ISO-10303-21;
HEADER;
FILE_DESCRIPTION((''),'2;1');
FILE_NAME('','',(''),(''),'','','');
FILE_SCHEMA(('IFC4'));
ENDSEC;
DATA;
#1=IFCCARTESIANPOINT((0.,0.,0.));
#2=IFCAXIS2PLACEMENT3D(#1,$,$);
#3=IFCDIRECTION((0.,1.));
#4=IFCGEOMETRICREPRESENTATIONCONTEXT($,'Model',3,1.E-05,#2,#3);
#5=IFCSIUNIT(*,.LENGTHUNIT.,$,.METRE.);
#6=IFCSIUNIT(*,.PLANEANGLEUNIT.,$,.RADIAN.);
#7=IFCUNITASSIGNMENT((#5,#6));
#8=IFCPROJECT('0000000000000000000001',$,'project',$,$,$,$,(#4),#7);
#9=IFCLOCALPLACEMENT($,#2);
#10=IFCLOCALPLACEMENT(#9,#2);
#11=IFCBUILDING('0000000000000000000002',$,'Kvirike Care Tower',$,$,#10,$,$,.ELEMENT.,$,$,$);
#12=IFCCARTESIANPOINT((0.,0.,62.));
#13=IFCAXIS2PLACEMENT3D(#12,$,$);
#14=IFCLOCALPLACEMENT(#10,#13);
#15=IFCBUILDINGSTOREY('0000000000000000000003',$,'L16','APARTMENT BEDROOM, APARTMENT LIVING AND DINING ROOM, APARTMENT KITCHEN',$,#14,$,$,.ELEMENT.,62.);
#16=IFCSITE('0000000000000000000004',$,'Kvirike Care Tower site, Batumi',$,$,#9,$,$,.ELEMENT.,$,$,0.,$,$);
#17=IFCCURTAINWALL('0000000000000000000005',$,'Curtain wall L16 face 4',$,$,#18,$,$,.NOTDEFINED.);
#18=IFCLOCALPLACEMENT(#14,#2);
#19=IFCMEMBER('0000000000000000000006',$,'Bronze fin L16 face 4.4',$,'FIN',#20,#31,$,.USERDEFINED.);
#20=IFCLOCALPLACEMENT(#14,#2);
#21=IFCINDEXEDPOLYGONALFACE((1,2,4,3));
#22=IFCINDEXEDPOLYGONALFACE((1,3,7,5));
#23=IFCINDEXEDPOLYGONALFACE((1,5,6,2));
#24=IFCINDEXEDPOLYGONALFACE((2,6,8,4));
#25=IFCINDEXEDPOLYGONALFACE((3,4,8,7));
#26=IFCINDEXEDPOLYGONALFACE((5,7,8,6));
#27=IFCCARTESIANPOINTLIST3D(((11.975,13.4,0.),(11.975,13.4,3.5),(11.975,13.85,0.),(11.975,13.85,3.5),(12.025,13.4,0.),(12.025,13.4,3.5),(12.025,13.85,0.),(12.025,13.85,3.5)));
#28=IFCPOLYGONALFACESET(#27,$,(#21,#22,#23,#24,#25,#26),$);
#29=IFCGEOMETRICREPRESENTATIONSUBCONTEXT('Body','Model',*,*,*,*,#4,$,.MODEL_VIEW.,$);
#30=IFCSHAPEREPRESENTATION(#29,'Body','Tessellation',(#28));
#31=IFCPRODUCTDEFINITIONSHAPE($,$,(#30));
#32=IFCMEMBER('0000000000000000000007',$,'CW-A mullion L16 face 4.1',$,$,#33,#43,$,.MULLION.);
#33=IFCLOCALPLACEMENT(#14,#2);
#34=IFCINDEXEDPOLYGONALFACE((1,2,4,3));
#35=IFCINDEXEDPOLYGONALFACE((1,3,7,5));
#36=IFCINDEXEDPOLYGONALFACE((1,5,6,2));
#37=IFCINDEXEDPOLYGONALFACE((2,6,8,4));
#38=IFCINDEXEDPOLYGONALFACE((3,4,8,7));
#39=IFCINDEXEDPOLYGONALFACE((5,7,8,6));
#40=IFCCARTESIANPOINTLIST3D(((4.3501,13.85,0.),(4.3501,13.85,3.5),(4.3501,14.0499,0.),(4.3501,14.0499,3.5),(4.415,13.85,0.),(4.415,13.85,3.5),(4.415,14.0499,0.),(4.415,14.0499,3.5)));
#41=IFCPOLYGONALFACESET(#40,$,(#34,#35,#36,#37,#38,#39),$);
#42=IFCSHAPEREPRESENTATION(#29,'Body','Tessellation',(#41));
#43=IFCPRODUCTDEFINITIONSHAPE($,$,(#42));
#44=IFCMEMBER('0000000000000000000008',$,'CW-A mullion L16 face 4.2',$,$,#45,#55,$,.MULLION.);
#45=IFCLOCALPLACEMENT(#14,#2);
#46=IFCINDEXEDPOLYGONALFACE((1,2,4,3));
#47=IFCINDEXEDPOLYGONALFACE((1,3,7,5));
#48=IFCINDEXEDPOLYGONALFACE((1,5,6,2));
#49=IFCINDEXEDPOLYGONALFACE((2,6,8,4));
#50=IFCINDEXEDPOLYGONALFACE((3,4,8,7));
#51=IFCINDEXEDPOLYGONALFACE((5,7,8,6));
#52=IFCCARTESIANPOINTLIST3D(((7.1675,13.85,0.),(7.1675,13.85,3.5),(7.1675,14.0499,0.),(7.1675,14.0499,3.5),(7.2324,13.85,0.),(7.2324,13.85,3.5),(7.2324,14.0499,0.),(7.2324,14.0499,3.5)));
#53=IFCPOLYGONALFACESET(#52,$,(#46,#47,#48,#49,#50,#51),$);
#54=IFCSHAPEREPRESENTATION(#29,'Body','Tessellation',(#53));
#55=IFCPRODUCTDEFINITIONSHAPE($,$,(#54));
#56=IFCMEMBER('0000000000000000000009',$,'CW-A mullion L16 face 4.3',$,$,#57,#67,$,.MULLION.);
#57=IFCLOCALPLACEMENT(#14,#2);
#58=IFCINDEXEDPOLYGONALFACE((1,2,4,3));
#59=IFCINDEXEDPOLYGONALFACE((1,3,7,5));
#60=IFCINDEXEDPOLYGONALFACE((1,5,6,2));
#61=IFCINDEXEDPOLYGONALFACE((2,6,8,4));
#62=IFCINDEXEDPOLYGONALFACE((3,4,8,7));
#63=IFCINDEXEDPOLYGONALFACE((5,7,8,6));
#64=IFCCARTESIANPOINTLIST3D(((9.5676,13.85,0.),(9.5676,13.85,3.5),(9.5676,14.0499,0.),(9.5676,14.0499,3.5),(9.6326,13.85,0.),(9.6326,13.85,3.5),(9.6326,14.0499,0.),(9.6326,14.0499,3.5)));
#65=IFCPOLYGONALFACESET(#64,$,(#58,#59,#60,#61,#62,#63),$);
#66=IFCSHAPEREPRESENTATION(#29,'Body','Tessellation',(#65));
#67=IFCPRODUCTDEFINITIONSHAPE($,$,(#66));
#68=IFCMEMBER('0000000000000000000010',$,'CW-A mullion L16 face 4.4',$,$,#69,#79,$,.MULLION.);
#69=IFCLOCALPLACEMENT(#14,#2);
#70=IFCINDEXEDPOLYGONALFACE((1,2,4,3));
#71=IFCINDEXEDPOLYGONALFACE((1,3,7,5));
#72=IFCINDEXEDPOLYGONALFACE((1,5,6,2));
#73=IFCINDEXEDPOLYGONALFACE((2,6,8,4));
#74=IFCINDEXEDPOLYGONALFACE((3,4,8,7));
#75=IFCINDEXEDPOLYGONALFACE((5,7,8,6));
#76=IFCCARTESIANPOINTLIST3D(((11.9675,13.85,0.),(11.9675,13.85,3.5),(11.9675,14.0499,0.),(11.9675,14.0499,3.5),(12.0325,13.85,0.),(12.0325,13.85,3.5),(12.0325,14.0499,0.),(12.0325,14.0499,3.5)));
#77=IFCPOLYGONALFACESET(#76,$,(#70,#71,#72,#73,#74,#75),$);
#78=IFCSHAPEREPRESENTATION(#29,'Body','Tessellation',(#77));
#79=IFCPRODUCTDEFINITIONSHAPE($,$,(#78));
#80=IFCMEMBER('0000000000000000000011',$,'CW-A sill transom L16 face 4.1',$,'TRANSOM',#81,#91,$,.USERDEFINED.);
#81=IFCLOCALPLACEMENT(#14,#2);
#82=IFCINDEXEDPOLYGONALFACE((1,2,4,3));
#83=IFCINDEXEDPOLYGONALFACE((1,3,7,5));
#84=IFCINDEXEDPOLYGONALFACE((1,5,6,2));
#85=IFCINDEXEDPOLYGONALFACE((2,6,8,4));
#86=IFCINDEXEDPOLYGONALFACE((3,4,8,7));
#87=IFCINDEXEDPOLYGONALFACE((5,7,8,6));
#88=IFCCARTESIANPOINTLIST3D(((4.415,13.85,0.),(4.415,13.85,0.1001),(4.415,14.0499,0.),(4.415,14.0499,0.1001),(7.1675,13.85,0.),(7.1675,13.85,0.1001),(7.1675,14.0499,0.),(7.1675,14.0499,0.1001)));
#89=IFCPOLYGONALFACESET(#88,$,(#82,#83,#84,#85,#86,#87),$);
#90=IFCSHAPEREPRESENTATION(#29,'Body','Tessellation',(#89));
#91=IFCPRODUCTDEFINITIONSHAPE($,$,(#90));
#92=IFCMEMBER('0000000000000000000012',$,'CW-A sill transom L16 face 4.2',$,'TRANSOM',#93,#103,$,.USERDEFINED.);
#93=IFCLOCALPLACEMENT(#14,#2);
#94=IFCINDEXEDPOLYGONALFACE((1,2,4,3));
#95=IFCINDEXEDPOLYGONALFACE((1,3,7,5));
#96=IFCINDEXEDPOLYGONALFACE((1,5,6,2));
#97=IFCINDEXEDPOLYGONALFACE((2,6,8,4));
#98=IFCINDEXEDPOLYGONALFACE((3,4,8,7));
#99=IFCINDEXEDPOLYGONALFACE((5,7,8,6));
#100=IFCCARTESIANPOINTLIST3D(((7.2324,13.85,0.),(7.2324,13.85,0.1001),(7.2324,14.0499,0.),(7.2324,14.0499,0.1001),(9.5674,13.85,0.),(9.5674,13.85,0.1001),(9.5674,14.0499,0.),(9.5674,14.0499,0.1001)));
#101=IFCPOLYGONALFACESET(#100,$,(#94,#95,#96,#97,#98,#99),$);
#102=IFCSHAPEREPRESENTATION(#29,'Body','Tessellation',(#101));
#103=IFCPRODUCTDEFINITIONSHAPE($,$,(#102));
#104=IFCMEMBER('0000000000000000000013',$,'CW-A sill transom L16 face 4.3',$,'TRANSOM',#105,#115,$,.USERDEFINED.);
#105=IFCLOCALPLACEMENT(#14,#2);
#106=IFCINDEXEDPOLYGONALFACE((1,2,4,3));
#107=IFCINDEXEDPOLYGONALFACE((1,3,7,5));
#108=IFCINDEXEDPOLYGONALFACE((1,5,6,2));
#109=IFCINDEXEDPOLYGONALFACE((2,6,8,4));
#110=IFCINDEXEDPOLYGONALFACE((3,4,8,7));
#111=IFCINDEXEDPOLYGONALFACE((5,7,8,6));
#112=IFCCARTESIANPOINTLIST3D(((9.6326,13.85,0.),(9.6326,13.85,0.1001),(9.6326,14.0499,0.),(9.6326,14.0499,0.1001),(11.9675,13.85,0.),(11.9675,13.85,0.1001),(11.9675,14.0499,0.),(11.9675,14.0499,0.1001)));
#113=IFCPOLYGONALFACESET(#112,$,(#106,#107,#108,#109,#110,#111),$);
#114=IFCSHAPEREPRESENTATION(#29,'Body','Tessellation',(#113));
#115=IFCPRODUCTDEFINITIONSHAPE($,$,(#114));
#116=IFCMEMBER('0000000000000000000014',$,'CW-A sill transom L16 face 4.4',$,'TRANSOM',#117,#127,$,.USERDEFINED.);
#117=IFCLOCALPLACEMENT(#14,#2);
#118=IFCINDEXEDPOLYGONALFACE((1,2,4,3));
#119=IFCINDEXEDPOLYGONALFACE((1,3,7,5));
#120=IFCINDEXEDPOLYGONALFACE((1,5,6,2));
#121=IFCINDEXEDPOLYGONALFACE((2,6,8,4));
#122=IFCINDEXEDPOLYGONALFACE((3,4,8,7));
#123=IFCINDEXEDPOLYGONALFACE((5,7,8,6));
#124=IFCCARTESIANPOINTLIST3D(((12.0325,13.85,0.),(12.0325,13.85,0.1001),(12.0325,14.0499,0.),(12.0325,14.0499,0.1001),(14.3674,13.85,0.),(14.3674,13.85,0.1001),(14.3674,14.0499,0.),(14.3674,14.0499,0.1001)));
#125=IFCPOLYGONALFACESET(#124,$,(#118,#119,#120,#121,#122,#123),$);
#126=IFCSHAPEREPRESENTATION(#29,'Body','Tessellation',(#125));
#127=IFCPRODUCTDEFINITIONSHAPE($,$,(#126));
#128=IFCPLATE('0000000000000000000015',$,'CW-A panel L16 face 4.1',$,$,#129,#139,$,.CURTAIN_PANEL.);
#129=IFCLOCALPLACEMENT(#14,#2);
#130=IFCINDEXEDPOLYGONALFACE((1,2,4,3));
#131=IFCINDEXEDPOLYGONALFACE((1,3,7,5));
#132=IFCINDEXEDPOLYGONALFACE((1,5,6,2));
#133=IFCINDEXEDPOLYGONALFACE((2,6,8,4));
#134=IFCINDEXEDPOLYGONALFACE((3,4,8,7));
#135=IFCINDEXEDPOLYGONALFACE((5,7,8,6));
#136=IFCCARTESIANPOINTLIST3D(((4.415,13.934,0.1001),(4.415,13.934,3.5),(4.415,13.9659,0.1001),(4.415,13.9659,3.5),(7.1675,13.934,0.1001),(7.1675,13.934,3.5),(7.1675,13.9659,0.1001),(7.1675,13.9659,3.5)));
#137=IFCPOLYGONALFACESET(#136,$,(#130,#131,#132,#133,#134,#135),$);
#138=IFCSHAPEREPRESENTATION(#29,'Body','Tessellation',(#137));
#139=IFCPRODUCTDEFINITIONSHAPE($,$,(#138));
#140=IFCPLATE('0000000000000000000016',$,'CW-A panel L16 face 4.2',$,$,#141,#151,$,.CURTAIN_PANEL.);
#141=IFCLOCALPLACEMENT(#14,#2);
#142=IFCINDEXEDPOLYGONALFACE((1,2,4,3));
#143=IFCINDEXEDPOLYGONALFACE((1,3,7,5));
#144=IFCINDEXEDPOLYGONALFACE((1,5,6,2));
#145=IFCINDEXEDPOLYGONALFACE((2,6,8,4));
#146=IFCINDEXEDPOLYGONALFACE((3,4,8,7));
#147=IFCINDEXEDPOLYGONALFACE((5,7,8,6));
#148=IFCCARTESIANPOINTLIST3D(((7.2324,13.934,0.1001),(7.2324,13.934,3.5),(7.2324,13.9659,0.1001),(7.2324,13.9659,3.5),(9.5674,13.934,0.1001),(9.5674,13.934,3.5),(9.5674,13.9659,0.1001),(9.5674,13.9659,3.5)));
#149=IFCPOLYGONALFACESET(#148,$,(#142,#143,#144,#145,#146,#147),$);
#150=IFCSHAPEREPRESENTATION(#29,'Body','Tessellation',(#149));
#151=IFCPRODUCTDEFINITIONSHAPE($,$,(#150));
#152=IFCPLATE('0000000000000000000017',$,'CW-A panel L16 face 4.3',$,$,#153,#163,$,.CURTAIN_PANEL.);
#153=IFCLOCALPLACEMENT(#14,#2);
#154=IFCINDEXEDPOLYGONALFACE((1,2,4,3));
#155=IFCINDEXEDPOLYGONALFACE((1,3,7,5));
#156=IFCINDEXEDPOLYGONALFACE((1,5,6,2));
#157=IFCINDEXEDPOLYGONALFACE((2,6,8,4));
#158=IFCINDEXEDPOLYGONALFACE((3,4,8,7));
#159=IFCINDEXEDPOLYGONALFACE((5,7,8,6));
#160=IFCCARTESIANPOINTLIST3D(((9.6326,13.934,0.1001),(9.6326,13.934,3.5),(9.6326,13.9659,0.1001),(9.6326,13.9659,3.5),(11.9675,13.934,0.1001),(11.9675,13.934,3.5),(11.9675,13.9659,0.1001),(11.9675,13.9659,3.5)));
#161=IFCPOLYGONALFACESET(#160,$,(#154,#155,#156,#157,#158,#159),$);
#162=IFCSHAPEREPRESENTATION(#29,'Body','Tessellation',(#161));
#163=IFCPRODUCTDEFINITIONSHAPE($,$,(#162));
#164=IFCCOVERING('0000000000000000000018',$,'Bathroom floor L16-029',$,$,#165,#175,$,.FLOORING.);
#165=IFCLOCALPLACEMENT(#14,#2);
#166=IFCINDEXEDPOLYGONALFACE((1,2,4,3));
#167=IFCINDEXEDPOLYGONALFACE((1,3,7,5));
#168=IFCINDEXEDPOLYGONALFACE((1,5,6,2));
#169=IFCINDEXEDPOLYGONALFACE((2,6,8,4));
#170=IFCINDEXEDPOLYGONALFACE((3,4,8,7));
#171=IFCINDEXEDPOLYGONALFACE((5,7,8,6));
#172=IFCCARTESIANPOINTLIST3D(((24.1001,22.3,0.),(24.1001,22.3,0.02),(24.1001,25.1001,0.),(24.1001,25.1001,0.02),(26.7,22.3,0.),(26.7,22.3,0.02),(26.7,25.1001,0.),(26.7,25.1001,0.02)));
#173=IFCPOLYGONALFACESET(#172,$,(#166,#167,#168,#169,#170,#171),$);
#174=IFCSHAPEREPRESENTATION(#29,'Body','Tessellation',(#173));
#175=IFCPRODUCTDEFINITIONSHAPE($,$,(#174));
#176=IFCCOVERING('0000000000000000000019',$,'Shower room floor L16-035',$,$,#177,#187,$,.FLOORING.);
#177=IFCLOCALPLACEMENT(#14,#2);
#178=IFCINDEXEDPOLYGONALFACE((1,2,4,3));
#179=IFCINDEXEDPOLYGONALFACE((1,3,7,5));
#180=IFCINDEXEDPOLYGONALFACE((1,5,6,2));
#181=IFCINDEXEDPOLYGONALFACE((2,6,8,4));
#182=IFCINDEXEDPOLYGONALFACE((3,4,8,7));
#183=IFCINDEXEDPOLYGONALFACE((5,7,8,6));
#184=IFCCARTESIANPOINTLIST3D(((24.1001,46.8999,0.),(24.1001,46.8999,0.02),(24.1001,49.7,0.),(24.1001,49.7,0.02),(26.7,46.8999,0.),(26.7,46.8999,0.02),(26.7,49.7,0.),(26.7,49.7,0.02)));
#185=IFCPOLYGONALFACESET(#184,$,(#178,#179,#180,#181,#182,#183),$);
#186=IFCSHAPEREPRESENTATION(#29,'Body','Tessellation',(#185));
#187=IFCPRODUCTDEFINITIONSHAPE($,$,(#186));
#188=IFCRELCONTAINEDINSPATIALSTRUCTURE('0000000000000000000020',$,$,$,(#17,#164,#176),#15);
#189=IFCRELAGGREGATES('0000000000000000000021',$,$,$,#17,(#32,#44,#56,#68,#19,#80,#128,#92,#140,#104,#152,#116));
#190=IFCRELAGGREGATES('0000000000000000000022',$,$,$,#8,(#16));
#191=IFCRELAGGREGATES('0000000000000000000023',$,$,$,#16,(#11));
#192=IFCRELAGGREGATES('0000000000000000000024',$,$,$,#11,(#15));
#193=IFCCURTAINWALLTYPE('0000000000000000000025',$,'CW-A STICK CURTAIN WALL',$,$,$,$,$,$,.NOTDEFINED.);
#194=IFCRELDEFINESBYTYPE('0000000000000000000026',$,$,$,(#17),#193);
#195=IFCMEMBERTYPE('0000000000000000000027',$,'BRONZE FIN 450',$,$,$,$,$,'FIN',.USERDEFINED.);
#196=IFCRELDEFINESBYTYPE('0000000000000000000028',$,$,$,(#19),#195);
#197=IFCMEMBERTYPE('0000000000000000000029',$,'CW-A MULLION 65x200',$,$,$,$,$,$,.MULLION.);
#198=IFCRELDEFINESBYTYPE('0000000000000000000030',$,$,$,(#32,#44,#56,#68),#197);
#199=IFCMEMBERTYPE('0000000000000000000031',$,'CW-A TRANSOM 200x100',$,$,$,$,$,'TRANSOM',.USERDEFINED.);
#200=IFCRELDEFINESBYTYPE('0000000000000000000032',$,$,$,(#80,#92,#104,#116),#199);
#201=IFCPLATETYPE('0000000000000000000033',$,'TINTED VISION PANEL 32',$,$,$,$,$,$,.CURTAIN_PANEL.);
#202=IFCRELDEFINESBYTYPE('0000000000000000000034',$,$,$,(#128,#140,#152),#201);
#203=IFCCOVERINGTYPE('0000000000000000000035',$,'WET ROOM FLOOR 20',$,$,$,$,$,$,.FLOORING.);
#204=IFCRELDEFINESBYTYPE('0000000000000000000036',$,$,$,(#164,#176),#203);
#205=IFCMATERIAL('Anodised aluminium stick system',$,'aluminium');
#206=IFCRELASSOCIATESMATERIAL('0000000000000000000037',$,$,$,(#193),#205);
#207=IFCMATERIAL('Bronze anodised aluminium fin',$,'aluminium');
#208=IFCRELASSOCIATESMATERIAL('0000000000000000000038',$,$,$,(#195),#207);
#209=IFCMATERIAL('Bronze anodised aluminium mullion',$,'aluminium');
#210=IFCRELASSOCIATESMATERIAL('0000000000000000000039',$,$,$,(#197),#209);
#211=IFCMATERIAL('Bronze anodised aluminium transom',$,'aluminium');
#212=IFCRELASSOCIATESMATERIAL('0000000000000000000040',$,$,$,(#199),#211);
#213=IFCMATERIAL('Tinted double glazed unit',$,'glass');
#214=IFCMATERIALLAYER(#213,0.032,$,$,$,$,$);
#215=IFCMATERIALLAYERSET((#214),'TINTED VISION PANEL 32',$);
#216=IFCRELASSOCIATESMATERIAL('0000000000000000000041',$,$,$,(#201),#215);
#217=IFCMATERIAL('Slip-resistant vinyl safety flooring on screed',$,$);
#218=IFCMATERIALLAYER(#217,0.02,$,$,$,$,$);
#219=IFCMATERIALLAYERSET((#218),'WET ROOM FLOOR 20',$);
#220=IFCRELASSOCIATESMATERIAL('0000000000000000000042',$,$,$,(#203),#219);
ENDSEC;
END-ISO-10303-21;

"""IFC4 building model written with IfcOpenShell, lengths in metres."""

from ifc_helpers import new_model, si_unit, direction, frame, origin, origin_2d, place, context, subcontext, project, spatial, polyline, rectangle, outline, extrude, material, layer, layer_set, material_profile, profile_set, type_object, element, aggregate, save


model = new_model("IFC4")

# Units and contexts
model_context = context("Model", 3, precision=1e-05, world=origin(), true_north=direction((0.0, 1.0)))
body_context = subcontext(model_context, "Body", "Model", "MODEL_VIEW")
ifc_project = project(units=[si_unit("LENGTHUNIT", "METRE"), si_unit("PLANEANGLEUNIT", "RADIAN")], contexts=[model_context])

# Site, building, storey
site_placement = place(None, origin())
site = spatial("IfcSite", under=ifc_project, at=site_placement, Name="Kvirike Care Tower site, Batumi", CompositionType="ELEMENT", RefElevation=0.0)
building_placement = place(site_placement, origin())
building = spatial("IfcBuilding", under=site, at=building_placement, Name="Kvirike Care Tower", CompositionType="ELEMENT")
storey_placement = place(building_placement, frame((0.0, 0.0, 62.0)))
storey = spatial("IfcBuildingStorey", under=building, at=storey_placement, Name="L16", Description="APARTMENT BEDROOM, APARTMENT LIVING AND DINING ROOM, APARTMENT KITCHEN", CompositionType="ELEMENT", Elevation=62.0)

# Curtain wall, members, plates
ifc_material_1 = material(Name="Anodised aluminium stick system", Category="aluminium")
curtain_wall_type = type_object("IfcCurtainWallType", Name="CW-A STICK CURTAIN WALL", PredefinedType="NOTDEFINED", material=ifc_material_1)
curtain_wall_placement = place(storey_placement, origin())
curtain_wall = element("IfcCurtainWall", 1, at=curtain_wall_placement, inside=storey, type_object=curtain_wall_type, Name="Curtain wall L16 face 4", PredefinedType="NOTDEFINED")
ifc_material_2 = material(Name="Bronze anodised aluminium fin", Category="aluminium")
ifc_material_profile_1 = material_profile(ifc_material_2, rectangle(XDim=0.05, YDim=0.45, at=origin_2d()), Name="BRONZE FIN 450")
ifc_profile_set_1 = profile_set([ifc_material_profile_1], Name="Bronze anodised aluminium fin")
member_type_1 = type_object("IfcMemberType", Name="BRONZE FIN 450", ElementType="FIN", PredefinedType="USERDEFINED", material=ifc_profile_set_1)
member_1_placement = place(storey_placement, frame((12.0, 13.625, 0.0), z_axis=(0.0, 0.0, 1.0), x_axis=(1.0, 0.0, 0.0)))
member_1 = element("IfcMember", 2, at=member_1_placement, type_object=member_type_1, Name="Bronze fin L16 face 4.4", ObjectType="FIN", PredefinedType="USERDEFINED", context=body_context, shape_type="SweptSolid", body=[
    extrude(rectangle(XDim=0.05, YDim=0.45, at=origin_2d()), origin(), (0.0, 0.0, 1.0), 3.5),
])
ifc_material_3 = material(Name="Bronze anodised aluminium mullion", Category="aluminium")
ifc_material_profile_2 = material_profile(ifc_material_3, rectangle(XDim=0.0649, YDim=0.2, at=origin_2d()), Name="CW-A MULLION 65x200")
ifc_profile_set_2 = profile_set([ifc_material_profile_2], Name="Bronze anodised aluminium mullion")
member_type_2 = type_object("IfcMemberType", Name="CW-A MULLION 65x200", PredefinedType="MULLION", material=ifc_profile_set_2)
member_2_placement = place(storey_placement, frame((4.3826, 13.95, 0.0), z_axis=(0.0, 0.0, 1.0), x_axis=(1.0, 0.0, 0.0)))
member_2 = element("IfcMember", 3, at=member_2_placement, type_object=member_type_2, Name="CW-A mullion L16 face 4.1", PredefinedType="MULLION", context=body_context, shape_type="SweptSolid", body=[
    extrude(rectangle(XDim=0.0649, YDim=0.2, at=origin_2d()), origin(), (0.0, 0.0, 1.0), 3.5),
])
member_3_placement = place(storey_placement, frame((7.2, 13.95, 0.0), z_axis=(0.0, 0.0, 1.0), x_axis=(1.0, 0.0, 0.0)))
member_3 = element("IfcMember", 4, at=member_3_placement, type_object=member_type_2, Name="CW-A mullion L16 face 4.2", PredefinedType="MULLION", context=body_context, shape_type="SweptSolid", body=[
    extrude(rectangle(XDim=0.0649, YDim=0.2, at=origin_2d()), origin(), (0.0, 0.0, 1.0), 3.5),
])
member_4_placement = place(storey_placement, frame((9.6001, 13.95, 0.0), z_axis=(0.0, 0.0, 1.0), x_axis=(1.0, 0.0, 0.0)))
member_4 = element("IfcMember", 5, at=member_4_placement, type_object=member_type_2, Name="CW-A mullion L16 face 4.3", PredefinedType="MULLION", context=body_context, shape_type="SweptSolid", body=[
    extrude(rectangle(XDim=0.0649, YDim=0.2, at=origin_2d()), origin(), (0.0, 0.0, 1.0), 3.5),
])
member_5_placement = place(storey_placement, frame((12.0, 13.95, 0.0), z_axis=(0.0, 0.0, 1.0), x_axis=(1.0, 0.0, 0.0)))
member_5 = element("IfcMember", 6, at=member_5_placement, type_object=member_type_2, Name="CW-A mullion L16 face 4.4", PredefinedType="MULLION", context=body_context, shape_type="SweptSolid", body=[
    extrude(rectangle(XDim=0.0649, YDim=0.2, at=origin_2d()), origin(), (0.0, 0.0, 1.0), 3.5),
])
ifc_material_4 = material(Name="Bronze anodised aluminium transom", Category="aluminium")
ifc_material_profile_3 = material_profile(ifc_material_4, rectangle(XDim=0.2, YDim=0.1001, at=origin_2d()), Name="CW-A TRANSOM 200x100")
ifc_profile_set_3 = profile_set([ifc_material_profile_3], Name="Bronze anodised aluminium transom")
member_type_3 = type_object("IfcMemberType", Name="CW-A TRANSOM 200x100", ElementType="TRANSOM", PredefinedType="USERDEFINED", material=ifc_profile_set_3)
member_6_placement = place(storey_placement, frame((4.415, 13.95, 0.05), z_axis=(1.0, 0.0, 0.0), x_axis=(0.0, 1.0, 0.0)))
member_6 = element("IfcMember", 7, at=member_6_placement, type_object=member_type_3, Name="CW-A sill transom L16 face 4.1", ObjectType="TRANSOM", PredefinedType="USERDEFINED", context=body_context, shape_type="SweptSolid", body=[
    extrude(rectangle(XDim=0.2, YDim=0.1001, at=origin_2d()), origin(), (0.0, 0.0, 1.0), 2.7524),
])
member_7_placement = place(storey_placement, frame((7.2324, 13.95, 0.05), z_axis=(1.0, 0.0, 0.0), x_axis=(0.0, 1.0, 0.0)))
member_7 = element("IfcMember", 8, at=member_7_placement, type_object=member_type_3, Name="CW-A sill transom L16 face 4.2", ObjectType="TRANSOM", PredefinedType="USERDEFINED", context=body_context, shape_type="SweptSolid", body=[
    extrude(rectangle(XDim=0.2, YDim=0.1001, at=origin_2d()), origin(), (0.0, 0.0, 1.0), 2.335),
])
member_8_placement = place(storey_placement, frame((9.6326, 13.95, 0.05), z_axis=(1.0, 0.0, 0.0), x_axis=(0.0, 1.0, 0.0)))
member_8 = element("IfcMember", 9, at=member_8_placement, type_object=member_type_3, Name="CW-A sill transom L16 face 4.3", ObjectType="TRANSOM", PredefinedType="USERDEFINED", context=body_context, shape_type="SweptSolid", body=[
    extrude(rectangle(XDim=0.2, YDim=0.1001, at=origin_2d()), origin(), (0.0, 0.0, 1.0), 2.335),
])
member_9_placement = place(storey_placement, frame((12.0325, 13.95, 0.05), z_axis=(1.0, 0.0, 0.0), x_axis=(0.0, 1.0, 0.0)))
member_9 = element("IfcMember", 10, at=member_9_placement, type_object=member_type_3, Name="CW-A sill transom L16 face 4.4", ObjectType="TRANSOM", PredefinedType="USERDEFINED", context=body_context, shape_type="SweptSolid", body=[
    extrude(rectangle(XDim=0.2, YDim=0.1001, at=origin_2d()), origin(), (0.0, 0.0, 1.0), 2.335),
])
ifc_material_5 = material(Name="Tinted double glazed unit", Category="glass")
ifc_layer_1 = layer(ifc_material_5, 0.032)
ifc_layer_set_1 = layer_set([ifc_layer_1], Name="TINTED VISION PANEL 32")
plate_type = type_object("IfcPlateType", Name="TINTED VISION PANEL 32", PredefinedType="CURTAIN_PANEL", material=ifc_layer_set_1)
plate_1_placement = place(storey_placement, frame((5.7913, 13.95, 0.1001), z_axis=(0.0, 0.0, 1.0), x_axis=(1.0, 0.0, 0.0)))
plate_1 = element("IfcPlate", 11, at=plate_1_placement, type_object=plate_type, Name="CW-A panel L16 face 4.1", PredefinedType="CURTAIN_PANEL", context=body_context, shape_type="SweptSolid", body=[
    extrude(rectangle(XDim=2.7524, YDim=0.032, at=origin_2d()), origin(), (0.0, 0.0, 1.0), 3.3999),
])
plate_2_placement = place(storey_placement, frame((8.3999, 13.95, 0.1001), z_axis=(0.0, 0.0, 1.0), x_axis=(1.0, 0.0, 0.0)))
plate_2 = element("IfcPlate", 12, at=plate_2_placement, type_object=plate_type, Name="CW-A panel L16 face 4.2", PredefinedType="CURTAIN_PANEL", context=body_context, shape_type="SweptSolid", body=[
    extrude(rectangle(XDim=2.335, YDim=0.032, at=origin_2d()), origin(), (0.0, 0.0, 1.0), 3.3999),
])
plate_3_placement = place(storey_placement, frame((10.8, 13.95, 0.1001), z_axis=(0.0, 0.0, 1.0), x_axis=(1.0, 0.0, 0.0)))
plate_3 = element("IfcPlate", 13, at=plate_3_placement, type_object=plate_type, Name="CW-A panel L16 face 4.3", PredefinedType="CURTAIN_PANEL", context=body_context, shape_type="SweptSolid", body=[
    extrude(rectangle(XDim=2.335, YDim=0.032, at=origin_2d()), origin(), (0.0, 0.0, 1.0), 3.3999),
])
aggregate(curtain_wall, [member_2, member_3, member_4, member_5, member_1, member_6, plate_1, member_7, plate_2, member_8, plate_3, member_9])

# Coverings
ifc_material_6 = material(Name="Slip-resistant vinyl safety flooring on screed")
ifc_layer_2 = layer(ifc_material_6, 0.02)
ifc_layer_set_2 = layer_set([ifc_layer_2], Name="WET ROOM FLOOR 20")
covering_type = type_object("IfcCoveringType", Name="WET ROOM FLOOR 20", PredefinedType="FLOORING", material=ifc_layer_set_2)
covering_1_placement = place(storey_placement, origin())
element("IfcCovering", 14, at=covering_1_placement, inside=storey, type_object=covering_type, Name="Bathroom floor L16-029", PredefinedType="FLOORING", context=body_context, shape_type="SweptSolid", body=[
    extrude(outline(polyline([(24.1001, 22.3), (24.1001, 25.1001), (26.7, 25.1001), (26.7, 22.3), (24.1001, 22.3)])), origin(), (0.0, 0.0, 1.0), 0.02),
])
covering_2_placement = place(storey_placement, origin())
element("IfcCovering", 15, at=covering_2_placement, inside=storey, type_object=covering_type, Name="Shower room floor L16-035", PredefinedType="FLOORING", context=body_context, shape_type="SweptSolid", body=[
    extrude(outline(polyline([(26.7, 49.7), (26.7, 46.8999), (24.1001, 46.8999), (24.1001, 49.7), (26.7, 49.7)])), origin(), (0.0, 0.0, 1.0), 0.02),
])

save(model, "model.ifc")
